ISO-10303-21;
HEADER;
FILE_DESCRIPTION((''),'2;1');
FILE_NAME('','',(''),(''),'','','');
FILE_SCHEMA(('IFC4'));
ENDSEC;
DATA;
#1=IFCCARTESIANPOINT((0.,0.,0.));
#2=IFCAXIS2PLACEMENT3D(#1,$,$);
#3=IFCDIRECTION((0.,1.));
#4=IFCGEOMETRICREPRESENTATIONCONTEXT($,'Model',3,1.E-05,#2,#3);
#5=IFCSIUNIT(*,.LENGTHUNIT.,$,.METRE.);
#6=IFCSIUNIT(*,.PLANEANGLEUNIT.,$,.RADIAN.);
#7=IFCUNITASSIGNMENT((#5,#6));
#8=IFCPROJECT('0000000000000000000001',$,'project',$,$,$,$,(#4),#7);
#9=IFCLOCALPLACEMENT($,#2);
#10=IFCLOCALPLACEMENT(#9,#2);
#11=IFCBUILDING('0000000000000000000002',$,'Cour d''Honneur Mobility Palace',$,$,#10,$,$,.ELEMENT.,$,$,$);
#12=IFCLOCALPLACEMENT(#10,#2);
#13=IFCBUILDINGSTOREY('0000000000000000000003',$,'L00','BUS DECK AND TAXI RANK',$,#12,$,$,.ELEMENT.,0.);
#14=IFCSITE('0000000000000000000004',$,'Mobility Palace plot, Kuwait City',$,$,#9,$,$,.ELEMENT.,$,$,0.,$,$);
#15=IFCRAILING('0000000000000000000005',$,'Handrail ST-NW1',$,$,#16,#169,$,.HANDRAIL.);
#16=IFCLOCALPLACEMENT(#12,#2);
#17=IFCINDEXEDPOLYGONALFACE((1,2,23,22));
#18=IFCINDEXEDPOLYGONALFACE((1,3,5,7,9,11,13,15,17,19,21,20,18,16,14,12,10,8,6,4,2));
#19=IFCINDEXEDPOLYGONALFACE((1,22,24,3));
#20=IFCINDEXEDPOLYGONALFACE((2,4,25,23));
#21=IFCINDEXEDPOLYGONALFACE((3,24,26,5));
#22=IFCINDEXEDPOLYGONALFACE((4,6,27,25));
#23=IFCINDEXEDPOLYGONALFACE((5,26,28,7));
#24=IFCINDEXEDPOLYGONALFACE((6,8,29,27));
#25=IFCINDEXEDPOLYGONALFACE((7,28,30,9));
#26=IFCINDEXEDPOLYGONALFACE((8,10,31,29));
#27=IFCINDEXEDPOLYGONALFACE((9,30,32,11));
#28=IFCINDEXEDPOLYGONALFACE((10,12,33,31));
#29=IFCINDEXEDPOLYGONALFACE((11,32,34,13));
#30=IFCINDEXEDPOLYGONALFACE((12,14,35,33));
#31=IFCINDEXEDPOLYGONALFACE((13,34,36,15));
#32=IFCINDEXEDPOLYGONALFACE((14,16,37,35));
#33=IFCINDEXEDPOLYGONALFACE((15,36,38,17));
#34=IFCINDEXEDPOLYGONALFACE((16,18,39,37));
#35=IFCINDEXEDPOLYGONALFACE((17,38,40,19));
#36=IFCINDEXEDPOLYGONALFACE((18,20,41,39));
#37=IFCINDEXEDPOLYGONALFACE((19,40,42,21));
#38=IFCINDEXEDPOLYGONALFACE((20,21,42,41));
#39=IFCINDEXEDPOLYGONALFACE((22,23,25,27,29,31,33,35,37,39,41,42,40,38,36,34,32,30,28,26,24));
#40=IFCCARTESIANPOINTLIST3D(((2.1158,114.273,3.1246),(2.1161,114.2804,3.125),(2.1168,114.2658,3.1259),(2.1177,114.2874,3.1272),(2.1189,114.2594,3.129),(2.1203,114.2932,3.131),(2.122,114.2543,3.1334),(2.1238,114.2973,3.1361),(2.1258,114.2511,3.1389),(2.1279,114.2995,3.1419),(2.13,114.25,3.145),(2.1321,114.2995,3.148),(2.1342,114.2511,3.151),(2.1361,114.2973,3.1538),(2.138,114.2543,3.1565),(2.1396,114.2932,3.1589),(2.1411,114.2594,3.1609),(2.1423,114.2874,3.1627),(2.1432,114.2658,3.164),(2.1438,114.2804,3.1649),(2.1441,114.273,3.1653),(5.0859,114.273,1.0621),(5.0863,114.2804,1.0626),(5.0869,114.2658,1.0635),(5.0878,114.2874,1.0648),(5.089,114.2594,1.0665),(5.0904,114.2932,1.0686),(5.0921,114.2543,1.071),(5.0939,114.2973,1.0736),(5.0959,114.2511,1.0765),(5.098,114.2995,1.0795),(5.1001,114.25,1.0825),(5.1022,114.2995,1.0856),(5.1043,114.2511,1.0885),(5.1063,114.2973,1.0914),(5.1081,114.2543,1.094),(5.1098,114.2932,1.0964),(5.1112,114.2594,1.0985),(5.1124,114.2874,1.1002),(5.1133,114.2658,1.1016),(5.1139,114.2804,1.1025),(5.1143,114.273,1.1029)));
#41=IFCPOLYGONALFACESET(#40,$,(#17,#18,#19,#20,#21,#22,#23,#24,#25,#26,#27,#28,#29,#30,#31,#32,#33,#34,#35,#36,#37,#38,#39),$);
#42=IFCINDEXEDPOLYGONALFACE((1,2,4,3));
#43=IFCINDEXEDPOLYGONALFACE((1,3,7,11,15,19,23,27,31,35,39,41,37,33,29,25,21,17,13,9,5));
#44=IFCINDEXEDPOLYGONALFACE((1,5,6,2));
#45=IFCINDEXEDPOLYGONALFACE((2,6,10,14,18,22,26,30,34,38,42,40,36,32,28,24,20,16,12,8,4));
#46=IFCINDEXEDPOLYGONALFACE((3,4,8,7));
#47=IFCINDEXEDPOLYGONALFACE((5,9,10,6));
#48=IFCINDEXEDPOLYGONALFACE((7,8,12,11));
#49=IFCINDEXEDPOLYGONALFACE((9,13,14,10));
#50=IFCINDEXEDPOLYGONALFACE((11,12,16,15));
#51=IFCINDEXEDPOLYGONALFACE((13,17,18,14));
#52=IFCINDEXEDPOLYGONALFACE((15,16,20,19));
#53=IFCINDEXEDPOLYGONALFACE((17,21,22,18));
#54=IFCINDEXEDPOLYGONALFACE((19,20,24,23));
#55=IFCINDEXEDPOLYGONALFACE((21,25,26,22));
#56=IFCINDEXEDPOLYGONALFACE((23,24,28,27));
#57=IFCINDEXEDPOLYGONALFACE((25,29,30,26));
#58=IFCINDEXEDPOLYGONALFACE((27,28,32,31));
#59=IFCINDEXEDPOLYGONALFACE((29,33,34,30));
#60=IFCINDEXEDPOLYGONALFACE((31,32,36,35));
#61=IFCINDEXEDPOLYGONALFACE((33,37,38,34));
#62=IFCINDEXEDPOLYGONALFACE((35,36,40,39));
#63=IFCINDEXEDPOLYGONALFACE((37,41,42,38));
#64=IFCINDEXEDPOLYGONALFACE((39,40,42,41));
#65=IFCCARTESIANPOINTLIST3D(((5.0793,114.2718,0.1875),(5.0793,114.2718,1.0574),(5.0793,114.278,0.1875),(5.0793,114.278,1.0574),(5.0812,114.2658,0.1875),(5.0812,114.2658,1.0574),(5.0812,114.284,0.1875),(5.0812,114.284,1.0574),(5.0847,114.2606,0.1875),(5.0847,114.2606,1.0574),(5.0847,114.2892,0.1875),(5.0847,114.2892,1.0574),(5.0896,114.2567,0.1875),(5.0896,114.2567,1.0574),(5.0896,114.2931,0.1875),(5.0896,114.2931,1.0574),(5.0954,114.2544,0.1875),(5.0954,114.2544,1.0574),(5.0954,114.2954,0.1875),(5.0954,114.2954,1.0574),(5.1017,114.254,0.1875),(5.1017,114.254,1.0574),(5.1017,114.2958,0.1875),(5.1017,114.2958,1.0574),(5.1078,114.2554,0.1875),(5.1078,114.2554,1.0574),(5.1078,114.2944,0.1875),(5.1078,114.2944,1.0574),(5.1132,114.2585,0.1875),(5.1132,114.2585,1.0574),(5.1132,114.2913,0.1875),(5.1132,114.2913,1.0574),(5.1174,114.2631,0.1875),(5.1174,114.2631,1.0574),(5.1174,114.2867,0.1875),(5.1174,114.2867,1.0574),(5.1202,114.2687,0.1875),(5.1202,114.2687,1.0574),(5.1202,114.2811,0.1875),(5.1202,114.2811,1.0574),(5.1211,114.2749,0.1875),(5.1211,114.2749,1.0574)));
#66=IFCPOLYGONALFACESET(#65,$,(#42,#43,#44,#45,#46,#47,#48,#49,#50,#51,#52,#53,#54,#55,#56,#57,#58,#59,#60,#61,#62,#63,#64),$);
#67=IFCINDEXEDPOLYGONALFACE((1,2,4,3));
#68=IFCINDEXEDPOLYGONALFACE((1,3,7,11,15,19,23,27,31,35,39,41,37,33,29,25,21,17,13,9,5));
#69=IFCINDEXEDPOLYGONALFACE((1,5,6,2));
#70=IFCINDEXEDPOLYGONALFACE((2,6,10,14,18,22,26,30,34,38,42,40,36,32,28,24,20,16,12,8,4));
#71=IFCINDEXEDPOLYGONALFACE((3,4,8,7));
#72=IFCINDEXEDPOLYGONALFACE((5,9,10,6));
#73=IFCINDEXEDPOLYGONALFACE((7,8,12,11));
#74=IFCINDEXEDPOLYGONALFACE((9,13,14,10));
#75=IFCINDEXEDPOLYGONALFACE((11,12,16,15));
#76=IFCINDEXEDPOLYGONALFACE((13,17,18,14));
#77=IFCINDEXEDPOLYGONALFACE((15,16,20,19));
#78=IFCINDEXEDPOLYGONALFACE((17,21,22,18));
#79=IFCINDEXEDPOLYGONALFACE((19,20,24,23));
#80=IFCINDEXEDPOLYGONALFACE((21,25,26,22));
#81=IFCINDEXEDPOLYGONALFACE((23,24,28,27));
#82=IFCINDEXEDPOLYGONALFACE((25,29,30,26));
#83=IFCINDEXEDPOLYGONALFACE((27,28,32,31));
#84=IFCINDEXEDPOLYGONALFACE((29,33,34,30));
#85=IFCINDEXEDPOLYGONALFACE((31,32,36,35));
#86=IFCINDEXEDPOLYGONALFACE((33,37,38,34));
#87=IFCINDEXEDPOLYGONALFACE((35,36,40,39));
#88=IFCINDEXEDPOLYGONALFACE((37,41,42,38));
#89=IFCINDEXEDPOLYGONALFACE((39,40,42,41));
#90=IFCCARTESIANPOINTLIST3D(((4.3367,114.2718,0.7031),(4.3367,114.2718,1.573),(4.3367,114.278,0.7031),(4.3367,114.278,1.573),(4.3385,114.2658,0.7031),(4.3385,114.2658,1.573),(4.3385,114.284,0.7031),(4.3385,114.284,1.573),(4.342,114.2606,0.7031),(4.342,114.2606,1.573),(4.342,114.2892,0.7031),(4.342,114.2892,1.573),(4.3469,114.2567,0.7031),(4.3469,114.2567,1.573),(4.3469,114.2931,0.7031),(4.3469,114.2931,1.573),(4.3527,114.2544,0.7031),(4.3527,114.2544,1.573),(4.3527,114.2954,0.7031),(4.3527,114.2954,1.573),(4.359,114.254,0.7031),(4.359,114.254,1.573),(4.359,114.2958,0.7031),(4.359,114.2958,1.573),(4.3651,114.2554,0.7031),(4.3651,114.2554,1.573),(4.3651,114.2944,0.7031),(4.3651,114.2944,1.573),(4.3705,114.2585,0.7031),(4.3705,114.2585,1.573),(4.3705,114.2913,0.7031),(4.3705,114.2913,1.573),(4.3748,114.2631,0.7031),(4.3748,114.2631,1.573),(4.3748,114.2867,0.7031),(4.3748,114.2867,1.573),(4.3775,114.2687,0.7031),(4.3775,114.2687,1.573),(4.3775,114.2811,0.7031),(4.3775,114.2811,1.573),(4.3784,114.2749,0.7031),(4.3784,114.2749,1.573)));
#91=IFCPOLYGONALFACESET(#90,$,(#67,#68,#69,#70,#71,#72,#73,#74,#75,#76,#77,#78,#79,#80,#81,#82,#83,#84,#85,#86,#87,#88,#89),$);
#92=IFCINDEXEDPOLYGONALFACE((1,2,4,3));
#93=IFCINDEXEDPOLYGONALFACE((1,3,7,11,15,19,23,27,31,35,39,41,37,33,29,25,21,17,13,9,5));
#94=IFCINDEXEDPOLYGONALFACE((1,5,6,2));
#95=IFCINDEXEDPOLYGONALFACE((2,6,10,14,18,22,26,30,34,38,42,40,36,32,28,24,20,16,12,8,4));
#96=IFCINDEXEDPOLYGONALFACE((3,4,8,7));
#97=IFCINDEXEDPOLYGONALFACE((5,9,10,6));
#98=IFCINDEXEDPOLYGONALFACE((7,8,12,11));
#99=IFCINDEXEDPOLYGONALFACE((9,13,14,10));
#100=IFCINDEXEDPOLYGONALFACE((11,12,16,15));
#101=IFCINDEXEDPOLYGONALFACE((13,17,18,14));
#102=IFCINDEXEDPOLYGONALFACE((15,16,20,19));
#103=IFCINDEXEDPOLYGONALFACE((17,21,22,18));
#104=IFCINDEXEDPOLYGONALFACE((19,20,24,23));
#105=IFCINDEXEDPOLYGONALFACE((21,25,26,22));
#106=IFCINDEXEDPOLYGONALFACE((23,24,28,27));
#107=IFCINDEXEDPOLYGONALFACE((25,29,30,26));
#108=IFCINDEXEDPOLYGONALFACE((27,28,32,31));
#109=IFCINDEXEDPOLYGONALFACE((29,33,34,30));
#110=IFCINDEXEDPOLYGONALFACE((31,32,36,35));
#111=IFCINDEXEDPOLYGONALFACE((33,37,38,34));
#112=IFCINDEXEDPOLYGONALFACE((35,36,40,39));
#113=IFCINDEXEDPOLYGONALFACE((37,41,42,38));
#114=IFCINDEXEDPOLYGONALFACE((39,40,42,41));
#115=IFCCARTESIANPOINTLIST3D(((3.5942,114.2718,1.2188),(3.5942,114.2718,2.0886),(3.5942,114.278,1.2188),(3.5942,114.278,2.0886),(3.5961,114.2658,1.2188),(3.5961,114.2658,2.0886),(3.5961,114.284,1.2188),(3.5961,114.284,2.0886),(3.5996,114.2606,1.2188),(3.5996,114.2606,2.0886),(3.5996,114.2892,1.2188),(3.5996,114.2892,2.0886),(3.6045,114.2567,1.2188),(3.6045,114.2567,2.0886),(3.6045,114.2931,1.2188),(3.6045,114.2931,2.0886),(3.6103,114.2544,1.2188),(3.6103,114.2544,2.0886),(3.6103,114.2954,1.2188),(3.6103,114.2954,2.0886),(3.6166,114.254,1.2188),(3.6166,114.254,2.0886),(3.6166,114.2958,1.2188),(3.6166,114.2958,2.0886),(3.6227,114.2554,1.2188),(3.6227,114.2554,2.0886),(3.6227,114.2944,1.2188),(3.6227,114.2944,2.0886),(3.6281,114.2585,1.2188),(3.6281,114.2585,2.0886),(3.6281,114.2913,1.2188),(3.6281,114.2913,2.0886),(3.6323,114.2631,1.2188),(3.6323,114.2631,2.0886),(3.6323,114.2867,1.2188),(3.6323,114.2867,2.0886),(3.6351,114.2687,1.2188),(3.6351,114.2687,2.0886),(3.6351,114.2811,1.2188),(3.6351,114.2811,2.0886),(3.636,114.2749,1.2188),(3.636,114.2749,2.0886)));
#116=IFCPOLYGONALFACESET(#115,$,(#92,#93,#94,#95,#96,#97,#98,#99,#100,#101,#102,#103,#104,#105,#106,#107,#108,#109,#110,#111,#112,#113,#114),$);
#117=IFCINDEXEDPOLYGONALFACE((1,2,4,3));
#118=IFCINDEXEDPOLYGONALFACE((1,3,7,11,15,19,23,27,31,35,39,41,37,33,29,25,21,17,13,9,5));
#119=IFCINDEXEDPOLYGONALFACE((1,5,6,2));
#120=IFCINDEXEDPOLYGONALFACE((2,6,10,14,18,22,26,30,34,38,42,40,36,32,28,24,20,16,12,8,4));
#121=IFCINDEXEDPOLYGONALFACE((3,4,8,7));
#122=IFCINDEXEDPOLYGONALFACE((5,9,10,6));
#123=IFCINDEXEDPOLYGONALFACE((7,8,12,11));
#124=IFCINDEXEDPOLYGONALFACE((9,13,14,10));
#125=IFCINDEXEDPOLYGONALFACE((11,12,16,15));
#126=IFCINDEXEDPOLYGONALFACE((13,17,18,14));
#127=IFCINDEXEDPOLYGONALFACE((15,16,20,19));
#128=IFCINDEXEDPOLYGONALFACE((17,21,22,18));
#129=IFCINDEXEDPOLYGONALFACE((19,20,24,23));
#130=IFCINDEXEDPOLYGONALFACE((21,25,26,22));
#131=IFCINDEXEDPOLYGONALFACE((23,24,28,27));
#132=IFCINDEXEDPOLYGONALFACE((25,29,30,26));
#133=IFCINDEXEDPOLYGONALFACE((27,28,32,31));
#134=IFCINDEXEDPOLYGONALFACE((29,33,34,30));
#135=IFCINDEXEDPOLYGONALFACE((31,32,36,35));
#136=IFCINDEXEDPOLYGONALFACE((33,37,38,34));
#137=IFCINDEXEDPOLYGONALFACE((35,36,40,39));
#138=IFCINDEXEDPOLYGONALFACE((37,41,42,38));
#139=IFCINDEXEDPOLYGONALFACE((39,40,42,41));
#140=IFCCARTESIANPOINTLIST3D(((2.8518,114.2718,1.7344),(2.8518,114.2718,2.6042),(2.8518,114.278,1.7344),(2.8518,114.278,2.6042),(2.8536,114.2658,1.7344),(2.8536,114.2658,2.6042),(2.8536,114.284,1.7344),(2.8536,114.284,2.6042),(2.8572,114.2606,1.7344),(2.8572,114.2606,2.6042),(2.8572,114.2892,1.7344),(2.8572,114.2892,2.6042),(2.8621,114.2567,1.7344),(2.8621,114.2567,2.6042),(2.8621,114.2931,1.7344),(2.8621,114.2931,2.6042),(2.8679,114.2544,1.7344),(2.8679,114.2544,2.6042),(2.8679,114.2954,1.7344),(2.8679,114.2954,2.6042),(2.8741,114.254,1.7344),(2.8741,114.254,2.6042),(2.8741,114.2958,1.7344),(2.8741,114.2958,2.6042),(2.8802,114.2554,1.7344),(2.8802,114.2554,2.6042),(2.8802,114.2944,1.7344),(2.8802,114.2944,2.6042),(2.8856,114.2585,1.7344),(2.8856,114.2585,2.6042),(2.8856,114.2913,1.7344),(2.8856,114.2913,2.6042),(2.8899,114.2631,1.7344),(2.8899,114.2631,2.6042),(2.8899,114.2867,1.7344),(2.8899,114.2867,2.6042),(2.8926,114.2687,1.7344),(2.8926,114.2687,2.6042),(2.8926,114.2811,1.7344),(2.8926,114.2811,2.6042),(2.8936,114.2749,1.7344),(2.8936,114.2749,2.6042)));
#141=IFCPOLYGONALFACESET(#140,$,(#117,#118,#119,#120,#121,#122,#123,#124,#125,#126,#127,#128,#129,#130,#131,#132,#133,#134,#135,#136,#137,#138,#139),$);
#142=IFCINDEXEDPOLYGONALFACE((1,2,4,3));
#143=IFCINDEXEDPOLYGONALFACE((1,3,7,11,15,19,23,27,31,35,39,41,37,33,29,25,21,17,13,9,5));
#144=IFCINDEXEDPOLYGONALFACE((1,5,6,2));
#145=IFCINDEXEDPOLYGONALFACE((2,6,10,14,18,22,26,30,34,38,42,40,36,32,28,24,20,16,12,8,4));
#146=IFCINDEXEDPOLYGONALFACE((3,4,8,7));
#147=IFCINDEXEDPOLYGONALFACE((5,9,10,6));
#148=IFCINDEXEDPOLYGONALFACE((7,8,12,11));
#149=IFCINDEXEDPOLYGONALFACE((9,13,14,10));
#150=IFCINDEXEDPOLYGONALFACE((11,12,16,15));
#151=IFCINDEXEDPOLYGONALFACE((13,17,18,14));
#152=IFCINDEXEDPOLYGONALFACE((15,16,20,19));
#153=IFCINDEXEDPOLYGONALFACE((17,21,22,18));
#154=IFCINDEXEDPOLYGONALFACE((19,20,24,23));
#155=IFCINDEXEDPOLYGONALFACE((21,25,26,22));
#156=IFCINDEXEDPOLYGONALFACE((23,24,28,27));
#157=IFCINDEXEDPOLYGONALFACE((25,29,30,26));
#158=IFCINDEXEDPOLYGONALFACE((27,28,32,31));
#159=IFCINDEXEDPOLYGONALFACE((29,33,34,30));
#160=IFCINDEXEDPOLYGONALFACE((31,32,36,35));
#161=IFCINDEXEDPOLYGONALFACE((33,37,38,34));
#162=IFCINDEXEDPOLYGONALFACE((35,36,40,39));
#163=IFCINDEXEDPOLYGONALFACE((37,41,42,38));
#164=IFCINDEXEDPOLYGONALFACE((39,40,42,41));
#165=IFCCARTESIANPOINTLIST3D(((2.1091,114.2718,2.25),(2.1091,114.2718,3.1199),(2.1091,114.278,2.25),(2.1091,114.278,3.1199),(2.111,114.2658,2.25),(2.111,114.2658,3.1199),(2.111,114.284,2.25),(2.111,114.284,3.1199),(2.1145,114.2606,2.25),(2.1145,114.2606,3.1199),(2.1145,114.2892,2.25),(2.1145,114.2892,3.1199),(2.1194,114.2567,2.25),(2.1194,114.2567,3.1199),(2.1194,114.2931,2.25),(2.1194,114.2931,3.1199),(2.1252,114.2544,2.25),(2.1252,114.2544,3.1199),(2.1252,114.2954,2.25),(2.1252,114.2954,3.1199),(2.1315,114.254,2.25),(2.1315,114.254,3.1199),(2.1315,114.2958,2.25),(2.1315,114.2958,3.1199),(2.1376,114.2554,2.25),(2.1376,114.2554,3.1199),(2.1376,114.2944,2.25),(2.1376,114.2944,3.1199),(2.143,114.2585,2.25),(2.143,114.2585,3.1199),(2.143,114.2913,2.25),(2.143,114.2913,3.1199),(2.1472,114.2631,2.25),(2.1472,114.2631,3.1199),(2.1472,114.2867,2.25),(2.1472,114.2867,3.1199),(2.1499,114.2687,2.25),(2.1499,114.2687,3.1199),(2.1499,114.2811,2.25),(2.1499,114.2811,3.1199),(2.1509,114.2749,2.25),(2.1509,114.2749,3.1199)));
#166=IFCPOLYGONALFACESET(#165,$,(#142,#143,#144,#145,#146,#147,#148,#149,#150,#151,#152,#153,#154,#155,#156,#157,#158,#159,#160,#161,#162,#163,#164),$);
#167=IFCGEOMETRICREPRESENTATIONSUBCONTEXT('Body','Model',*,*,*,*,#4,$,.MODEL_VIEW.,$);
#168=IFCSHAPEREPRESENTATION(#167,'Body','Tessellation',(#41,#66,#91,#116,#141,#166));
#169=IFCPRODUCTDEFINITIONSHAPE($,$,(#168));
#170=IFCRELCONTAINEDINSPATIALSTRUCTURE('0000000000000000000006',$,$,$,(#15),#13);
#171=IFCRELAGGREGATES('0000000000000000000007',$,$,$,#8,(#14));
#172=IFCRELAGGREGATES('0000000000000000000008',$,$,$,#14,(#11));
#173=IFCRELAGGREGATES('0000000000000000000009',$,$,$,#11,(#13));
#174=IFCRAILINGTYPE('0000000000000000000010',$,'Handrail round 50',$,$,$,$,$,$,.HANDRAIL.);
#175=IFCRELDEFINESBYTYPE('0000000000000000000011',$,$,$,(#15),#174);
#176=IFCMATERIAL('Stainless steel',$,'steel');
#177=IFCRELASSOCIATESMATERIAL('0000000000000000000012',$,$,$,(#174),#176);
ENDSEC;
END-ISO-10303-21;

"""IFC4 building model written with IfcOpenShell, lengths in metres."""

from ifc_helpers import new_model, si_unit, direction, frame, origin, origin_2d, place, context, subcontext, project, spatial, circle, extrude, material, type_object, element, save


model = new_model("IFC4")

# Units and contexts
model_context = context("Model", 3, precision=1e-05, world=origin(), true_north=direction((0.0, 1.0)))
body_context = subcontext(model_context, "Body", "Model", "MODEL_VIEW")
ifc_project = project(units=[si_unit("LENGTHUNIT", "METRE"), si_unit("PLANEANGLEUNIT", "RADIAN")], contexts=[model_context])

# Site, building, storey
site_placement = place(None, origin())
site = spatial("IfcSite", under=ifc_project, at=site_placement, Name="Mobility Palace plot, Kuwait City", CompositionType="ELEMENT", RefElevation=0.0)
building_placement = place(site_placement, origin())
building = spatial("IfcBuilding", under=site, at=building_placement, Name="Cour d'Honneur Mobility Palace", CompositionType="ELEMENT")
storey_placement = place(building_placement, origin())
storey = spatial("IfcBuildingStorey", under=building, at=storey_placement, Name="L00", Description="BUS DECK AND TAXI RANK", CompositionType="ELEMENT", Elevation=0.0)

# Railing
ifc_material_1 = material(Name="Stainless steel", Category="steel")
railing_type = type_object("IfcRailingType", Name="Handrail round 50", PredefinedType="HANDRAIL", material=ifc_material_1)
for number, where, name in (
    (1, (5.1001, 114.2749, 0.1875), "Handrail ST-NW1"),
):
    element("IfcRailing", number, at=place(storey_placement, frame(where)), inside=storey, type_object=railing_type, Name=name, PredefinedType="HANDRAIL", context=body_context, shape_type="SweptSolid", body=[
        extrude(circle(Radius=0.0249, at=origin_2d()), frame((0.0, 0.0, 0.895), z_axis=(-0.821389, 0.0, 0.570368), x_axis=(0.0, -1.0, 0.0)), (0.0, 0.0, 1.0), 3.616),
        extrude(circle(Radius=0.021, at=origin_2d()), origin(), (0.0, 0.0, 1.0), 0.8699),
        extrude(circle(Radius=0.021, at=origin_2d()), frame((-0.7427, 0.0, 0.5156)), (0.0, 0.0, 1.0), 0.8699),
        extrude(circle(Radius=0.021, at=origin_2d()), frame((-1.4851, 0.0, 1.0312)), (0.0, 0.0, 1.0), 0.8699),
        extrude(circle(Radius=0.021, at=origin_2d()), frame((-2.2275, 0.0, 1.5469)), (0.0, 0.0, 1.0), 0.8699),
        extrude(circle(Radius=0.021, at=origin_2d()), frame((-2.9702, 0.0, 2.0625)), (0.0, 0.0, 1.0), 0.8699),
    ])

save(model, "model.ifc")
